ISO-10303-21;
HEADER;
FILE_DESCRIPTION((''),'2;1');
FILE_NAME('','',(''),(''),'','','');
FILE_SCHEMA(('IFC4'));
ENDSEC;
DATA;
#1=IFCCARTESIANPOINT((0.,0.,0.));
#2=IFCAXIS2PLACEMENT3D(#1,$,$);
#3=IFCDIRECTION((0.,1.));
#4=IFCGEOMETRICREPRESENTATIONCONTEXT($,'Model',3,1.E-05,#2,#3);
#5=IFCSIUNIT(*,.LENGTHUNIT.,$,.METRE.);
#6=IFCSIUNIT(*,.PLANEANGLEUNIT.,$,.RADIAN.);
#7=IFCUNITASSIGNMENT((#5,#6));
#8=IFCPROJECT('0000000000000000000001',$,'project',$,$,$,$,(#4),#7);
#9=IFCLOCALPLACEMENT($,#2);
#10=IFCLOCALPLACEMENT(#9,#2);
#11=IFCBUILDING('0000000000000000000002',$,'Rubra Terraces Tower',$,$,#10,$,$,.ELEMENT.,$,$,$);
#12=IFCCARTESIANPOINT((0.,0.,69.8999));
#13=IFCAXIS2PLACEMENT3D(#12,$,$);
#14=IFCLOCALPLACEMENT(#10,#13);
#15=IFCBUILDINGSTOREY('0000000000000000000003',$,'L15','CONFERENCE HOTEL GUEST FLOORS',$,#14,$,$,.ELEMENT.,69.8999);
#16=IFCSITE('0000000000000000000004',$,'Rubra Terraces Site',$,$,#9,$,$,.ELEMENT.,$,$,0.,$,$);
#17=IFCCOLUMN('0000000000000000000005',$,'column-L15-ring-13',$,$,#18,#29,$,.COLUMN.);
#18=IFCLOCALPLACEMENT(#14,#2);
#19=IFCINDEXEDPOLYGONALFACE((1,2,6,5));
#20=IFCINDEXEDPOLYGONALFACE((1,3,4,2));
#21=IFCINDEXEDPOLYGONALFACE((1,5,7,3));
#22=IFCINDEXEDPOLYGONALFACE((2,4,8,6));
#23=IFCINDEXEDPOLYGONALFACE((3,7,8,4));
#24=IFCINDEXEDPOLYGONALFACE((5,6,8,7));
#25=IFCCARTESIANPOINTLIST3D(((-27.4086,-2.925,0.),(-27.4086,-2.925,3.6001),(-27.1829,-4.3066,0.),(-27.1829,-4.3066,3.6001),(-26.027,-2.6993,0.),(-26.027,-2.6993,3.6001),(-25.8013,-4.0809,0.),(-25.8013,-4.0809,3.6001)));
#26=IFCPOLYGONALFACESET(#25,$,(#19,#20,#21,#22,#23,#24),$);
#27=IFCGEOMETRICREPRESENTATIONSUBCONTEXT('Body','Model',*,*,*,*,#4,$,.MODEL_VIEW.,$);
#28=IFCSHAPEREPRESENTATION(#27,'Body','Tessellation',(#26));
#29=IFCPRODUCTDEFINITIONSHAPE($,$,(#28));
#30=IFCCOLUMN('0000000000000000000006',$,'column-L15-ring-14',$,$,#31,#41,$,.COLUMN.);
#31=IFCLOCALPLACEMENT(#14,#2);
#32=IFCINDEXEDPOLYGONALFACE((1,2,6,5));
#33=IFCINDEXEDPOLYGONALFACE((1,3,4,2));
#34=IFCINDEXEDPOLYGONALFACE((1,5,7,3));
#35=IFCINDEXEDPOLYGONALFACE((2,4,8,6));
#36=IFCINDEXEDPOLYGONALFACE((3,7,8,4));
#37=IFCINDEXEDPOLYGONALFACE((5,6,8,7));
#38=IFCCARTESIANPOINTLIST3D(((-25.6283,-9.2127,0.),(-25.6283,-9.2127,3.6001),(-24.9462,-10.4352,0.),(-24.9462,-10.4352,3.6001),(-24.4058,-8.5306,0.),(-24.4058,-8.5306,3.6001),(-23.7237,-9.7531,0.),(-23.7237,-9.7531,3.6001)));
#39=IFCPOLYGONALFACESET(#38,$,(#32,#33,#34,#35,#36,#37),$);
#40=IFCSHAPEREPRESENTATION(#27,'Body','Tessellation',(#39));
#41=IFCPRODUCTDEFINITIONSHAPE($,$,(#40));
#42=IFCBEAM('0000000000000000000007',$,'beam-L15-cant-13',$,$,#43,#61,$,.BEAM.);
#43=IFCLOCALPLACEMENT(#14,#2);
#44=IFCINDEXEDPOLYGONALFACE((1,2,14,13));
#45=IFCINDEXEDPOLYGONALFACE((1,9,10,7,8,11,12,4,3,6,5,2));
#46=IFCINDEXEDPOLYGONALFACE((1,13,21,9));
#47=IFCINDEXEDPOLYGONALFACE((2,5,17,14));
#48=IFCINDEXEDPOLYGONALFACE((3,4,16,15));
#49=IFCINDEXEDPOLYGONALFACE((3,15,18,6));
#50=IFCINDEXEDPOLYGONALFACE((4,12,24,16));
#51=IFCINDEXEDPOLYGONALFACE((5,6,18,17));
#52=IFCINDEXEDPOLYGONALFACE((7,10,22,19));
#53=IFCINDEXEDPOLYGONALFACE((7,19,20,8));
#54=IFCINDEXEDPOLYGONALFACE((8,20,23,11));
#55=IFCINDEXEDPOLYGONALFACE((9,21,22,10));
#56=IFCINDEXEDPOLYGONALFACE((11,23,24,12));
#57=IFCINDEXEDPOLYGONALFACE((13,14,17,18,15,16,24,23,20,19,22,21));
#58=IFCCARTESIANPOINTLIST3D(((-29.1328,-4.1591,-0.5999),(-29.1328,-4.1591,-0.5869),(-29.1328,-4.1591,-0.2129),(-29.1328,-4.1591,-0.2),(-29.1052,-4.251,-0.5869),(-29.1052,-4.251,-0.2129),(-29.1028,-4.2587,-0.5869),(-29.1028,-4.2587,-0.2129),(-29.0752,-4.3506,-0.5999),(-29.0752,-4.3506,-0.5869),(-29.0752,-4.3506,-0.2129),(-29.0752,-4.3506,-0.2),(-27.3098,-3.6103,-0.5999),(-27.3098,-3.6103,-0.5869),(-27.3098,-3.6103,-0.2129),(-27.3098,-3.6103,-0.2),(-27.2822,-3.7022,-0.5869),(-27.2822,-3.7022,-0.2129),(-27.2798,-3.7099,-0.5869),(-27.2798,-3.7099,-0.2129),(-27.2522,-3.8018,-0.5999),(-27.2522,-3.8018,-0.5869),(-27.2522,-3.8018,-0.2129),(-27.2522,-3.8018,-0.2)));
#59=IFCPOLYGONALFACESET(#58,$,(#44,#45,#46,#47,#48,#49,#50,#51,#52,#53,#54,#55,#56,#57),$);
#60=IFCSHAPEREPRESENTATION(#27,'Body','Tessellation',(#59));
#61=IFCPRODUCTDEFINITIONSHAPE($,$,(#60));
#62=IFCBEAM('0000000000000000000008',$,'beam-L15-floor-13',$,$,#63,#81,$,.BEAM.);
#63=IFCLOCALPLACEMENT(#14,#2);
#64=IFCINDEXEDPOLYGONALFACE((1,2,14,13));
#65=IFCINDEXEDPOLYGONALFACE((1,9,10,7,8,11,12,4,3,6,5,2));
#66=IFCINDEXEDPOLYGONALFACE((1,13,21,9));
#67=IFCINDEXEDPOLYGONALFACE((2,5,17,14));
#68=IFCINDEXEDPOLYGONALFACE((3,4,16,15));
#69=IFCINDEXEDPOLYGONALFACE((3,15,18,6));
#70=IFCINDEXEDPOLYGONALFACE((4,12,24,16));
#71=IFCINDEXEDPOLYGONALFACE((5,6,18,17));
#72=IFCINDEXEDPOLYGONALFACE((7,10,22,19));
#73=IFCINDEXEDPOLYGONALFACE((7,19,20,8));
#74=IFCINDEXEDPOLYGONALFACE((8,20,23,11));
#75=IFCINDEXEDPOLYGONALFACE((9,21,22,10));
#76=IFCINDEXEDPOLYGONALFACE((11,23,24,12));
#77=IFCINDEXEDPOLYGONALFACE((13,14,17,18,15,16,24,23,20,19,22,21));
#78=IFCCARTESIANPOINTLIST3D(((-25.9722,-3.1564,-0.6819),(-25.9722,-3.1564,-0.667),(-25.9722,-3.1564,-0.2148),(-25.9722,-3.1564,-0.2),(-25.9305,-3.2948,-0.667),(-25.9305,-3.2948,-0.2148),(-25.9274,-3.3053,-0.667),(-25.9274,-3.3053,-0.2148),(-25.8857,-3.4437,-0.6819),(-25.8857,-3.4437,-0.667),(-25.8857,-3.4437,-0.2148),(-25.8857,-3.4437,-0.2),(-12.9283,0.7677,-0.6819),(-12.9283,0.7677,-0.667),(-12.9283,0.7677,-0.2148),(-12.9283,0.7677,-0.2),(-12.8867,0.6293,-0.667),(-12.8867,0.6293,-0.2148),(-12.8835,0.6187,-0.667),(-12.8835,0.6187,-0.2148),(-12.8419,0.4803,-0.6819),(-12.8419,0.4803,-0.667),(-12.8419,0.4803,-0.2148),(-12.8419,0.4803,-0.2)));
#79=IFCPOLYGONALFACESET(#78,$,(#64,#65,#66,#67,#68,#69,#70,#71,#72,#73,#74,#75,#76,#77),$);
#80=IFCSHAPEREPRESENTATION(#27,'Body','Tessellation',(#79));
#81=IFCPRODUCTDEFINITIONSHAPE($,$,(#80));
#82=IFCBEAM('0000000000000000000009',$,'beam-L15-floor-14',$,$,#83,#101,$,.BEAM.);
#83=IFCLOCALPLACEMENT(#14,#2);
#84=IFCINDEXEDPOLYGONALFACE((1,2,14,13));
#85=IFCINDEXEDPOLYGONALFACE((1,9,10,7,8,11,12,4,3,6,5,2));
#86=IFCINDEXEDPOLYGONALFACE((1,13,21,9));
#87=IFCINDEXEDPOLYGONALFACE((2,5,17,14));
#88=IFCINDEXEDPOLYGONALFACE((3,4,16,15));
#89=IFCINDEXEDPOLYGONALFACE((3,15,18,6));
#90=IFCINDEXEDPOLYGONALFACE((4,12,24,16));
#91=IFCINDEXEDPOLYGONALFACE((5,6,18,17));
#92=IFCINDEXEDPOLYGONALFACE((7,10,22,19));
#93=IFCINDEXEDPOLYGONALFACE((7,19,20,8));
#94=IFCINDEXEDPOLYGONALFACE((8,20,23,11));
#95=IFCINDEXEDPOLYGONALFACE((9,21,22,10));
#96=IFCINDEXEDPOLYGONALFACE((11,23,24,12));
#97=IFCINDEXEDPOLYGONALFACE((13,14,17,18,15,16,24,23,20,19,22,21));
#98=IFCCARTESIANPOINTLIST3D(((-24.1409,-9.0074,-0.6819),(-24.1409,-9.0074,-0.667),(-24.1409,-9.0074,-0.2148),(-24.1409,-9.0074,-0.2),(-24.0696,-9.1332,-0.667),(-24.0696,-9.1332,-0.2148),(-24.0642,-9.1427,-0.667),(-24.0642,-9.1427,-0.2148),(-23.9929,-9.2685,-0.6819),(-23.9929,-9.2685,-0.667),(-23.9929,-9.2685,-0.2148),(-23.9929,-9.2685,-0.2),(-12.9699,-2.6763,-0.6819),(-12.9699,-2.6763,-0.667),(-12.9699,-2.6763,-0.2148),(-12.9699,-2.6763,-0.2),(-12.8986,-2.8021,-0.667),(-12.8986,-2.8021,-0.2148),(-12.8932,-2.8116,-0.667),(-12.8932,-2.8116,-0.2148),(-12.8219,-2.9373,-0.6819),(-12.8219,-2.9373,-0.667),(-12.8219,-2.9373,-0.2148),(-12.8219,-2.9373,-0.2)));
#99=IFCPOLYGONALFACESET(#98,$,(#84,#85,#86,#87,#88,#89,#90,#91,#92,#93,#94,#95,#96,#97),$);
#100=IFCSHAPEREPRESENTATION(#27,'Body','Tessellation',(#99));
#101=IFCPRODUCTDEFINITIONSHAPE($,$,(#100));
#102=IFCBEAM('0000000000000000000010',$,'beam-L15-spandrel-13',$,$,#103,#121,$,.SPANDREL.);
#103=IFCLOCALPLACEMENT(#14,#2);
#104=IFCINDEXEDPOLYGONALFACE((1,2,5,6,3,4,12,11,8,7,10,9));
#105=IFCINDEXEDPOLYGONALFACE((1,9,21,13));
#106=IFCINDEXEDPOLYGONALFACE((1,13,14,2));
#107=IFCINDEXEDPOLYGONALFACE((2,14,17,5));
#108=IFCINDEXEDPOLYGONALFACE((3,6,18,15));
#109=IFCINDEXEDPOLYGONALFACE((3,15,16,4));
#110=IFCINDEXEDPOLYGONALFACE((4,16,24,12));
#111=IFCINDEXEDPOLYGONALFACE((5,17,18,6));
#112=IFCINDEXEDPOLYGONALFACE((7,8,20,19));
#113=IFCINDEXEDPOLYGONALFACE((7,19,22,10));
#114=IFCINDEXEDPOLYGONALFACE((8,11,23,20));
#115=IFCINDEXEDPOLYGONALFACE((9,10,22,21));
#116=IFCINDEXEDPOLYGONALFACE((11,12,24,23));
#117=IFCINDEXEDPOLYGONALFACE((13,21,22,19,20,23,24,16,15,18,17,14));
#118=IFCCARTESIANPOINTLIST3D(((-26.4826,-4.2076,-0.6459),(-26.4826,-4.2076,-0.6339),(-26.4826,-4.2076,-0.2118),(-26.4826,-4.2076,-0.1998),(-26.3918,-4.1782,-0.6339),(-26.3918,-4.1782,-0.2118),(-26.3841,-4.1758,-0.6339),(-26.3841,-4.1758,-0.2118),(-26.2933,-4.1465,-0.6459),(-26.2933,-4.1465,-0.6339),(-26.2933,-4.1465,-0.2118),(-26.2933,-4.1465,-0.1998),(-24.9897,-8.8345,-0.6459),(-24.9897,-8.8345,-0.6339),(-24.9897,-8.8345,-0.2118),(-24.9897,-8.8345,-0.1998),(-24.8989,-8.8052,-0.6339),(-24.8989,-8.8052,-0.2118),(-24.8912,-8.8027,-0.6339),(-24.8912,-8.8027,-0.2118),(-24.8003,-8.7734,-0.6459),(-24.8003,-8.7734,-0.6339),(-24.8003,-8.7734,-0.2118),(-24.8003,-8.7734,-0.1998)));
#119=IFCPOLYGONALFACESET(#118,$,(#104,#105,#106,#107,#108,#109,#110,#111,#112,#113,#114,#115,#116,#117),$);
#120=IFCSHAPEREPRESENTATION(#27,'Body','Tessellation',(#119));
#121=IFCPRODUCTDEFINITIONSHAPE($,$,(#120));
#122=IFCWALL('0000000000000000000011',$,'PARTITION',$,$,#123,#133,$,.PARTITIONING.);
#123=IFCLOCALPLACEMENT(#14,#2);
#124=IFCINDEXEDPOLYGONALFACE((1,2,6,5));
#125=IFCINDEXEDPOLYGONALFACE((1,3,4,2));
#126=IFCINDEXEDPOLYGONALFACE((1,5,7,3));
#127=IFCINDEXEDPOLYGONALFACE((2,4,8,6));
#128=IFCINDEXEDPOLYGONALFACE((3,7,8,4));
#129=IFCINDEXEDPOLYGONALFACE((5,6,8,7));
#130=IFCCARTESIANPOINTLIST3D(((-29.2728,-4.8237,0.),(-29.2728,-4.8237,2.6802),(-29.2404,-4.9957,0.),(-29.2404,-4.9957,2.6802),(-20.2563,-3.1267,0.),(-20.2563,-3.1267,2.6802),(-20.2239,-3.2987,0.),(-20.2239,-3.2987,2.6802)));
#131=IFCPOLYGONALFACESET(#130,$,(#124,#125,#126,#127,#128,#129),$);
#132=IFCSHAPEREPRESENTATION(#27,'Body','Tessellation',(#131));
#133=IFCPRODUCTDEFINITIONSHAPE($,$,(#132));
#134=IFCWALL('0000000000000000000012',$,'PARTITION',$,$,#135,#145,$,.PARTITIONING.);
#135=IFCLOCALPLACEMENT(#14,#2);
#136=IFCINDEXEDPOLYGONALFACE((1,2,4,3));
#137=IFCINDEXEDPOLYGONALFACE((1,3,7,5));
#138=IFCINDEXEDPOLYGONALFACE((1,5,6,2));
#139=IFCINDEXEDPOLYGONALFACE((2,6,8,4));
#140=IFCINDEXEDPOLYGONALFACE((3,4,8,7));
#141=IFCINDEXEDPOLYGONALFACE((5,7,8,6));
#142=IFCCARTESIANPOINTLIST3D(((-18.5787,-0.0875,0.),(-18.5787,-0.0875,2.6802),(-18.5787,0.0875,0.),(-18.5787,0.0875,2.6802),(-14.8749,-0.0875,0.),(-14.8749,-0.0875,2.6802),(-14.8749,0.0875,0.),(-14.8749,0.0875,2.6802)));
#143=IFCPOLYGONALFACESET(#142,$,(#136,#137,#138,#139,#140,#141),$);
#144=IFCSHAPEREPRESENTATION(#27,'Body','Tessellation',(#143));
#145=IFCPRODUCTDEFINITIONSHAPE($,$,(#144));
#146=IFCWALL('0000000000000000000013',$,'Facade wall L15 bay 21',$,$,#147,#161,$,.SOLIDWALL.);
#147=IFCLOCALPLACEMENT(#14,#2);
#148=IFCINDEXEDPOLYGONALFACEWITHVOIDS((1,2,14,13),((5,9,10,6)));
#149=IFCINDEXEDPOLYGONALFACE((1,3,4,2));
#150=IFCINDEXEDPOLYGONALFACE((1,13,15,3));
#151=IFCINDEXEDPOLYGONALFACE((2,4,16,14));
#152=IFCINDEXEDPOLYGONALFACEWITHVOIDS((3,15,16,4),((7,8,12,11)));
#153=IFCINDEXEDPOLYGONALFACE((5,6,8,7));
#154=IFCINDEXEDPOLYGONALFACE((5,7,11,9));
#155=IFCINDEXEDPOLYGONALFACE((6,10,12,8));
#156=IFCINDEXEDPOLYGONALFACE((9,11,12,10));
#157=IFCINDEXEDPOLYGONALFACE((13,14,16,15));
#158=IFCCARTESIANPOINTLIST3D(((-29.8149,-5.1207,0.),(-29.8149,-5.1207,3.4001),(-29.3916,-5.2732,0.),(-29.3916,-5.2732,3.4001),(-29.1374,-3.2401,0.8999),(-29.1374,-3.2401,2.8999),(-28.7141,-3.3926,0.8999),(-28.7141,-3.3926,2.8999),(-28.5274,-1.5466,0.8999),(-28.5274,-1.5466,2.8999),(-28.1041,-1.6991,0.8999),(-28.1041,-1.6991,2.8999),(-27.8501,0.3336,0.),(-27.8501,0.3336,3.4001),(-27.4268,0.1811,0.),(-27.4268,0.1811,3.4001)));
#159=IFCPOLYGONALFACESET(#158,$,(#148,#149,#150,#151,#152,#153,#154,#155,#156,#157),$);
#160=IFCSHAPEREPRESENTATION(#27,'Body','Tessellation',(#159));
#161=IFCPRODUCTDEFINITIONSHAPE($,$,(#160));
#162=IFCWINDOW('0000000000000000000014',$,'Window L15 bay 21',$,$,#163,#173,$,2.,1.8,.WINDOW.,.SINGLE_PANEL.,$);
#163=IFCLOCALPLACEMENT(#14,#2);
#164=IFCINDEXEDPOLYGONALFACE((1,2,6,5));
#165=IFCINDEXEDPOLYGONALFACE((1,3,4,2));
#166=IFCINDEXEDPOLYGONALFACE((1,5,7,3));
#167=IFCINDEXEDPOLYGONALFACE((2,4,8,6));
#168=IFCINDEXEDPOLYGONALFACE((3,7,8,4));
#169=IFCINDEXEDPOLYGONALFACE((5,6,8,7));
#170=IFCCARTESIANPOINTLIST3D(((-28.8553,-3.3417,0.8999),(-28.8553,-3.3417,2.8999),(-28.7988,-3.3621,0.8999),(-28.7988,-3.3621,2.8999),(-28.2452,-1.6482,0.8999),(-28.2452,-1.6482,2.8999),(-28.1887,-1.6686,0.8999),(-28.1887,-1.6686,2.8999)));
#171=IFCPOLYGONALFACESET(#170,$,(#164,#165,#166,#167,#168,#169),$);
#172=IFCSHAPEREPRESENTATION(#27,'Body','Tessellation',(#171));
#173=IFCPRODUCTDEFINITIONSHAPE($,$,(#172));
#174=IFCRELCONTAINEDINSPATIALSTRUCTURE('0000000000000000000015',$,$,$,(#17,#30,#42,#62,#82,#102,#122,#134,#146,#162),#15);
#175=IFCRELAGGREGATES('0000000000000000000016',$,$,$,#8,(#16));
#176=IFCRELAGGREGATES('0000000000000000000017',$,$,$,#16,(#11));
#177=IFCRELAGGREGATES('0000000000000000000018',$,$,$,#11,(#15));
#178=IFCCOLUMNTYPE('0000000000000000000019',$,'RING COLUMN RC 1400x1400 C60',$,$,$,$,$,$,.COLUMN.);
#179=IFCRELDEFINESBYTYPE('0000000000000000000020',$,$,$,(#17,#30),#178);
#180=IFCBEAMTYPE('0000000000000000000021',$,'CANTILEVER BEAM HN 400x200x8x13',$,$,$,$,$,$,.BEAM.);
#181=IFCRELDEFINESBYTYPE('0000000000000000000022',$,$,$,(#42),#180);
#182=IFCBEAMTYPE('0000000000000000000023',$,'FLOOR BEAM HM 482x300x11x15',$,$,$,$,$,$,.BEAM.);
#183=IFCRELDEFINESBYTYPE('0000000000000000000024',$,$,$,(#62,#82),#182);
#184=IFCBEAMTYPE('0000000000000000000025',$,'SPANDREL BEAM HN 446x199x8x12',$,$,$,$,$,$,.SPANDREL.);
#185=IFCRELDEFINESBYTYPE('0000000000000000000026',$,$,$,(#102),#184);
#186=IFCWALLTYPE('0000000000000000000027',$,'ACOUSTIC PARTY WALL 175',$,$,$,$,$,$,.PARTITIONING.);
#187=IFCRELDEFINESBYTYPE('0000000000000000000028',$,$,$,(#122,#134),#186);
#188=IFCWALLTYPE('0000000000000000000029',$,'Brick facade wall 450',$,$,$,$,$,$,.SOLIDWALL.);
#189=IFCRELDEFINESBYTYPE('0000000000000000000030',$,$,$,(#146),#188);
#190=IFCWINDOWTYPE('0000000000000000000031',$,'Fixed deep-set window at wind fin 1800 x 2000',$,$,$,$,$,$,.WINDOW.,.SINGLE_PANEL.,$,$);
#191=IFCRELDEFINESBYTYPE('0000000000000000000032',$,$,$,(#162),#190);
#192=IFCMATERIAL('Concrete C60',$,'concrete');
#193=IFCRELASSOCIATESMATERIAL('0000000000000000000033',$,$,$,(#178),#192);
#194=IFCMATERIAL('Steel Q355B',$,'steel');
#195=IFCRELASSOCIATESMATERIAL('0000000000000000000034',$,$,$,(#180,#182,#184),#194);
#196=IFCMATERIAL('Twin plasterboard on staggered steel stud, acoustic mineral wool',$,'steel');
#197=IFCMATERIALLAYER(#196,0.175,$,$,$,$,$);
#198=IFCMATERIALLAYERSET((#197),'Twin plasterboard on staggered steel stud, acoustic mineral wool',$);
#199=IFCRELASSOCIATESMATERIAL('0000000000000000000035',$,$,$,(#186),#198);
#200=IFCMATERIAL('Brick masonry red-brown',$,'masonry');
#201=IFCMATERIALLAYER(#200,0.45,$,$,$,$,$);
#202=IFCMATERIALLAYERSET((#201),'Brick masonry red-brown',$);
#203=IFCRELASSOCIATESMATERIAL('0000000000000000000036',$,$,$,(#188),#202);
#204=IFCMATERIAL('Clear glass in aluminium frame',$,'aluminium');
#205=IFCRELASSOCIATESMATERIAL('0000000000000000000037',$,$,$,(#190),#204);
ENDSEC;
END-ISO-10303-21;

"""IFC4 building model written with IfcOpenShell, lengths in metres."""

from ifc_helpers import new_model, si_unit, direction, frame, frame_2d, origin, origin_2d, place, context, subcontext, project, spatial, rectangle, i_section, extrude, material, layer, layer_set, material_profile, profile_set, type_object, element, fill, save


model = new_model("IFC4")

# Units and contexts
model_context = context("Model", 3, precision=1e-05, world=origin(), true_north=direction((0.0, 1.0)))
body_context = subcontext(model_context, "Body", "Model", "MODEL_VIEW")
ifc_project = project(units=[si_unit("LENGTHUNIT", "METRE"), si_unit("PLANEANGLEUNIT", "RADIAN")], contexts=[model_context])

# Site, building, storey
site_placement = place(None, origin())
site = spatial("IfcSite", under=ifc_project, at=site_placement, Name="Rubra Terraces Site", CompositionType="ELEMENT", RefElevation=0.0)
building_placement = place(site_placement, origin())
building = spatial("IfcBuilding", under=site, at=building_placement, Name="Rubra Terraces Tower", CompositionType="ELEMENT")
storey_placement = place(building_placement, frame((0.0, 0.0, 69.8999)))
storey = spatial("IfcBuildingStorey", under=building, at=storey_placement, Name="L15", Description="CONFERENCE HOTEL GUEST FLOORS", CompositionType="ELEMENT", Elevation=69.8999)

# Columns
ifc_material_1 = material(Name="Concrete C60", Category="concrete")
ifc_material_profile_1 = material_profile(ifc_material_1, rectangle(XDim=1.3999, YDim=1.3999, at=origin_2d()), Name="RC 1400x1400")
ifc_profile_set_1 = profile_set([ifc_material_profile_1], Name="Concrete C60")
column_type = type_object("IfcColumnType", Name="RING COLUMN RC 1400x1400 C60", PredefinedType="COLUMN", material=ifc_profile_set_1)
for number, where, z_axis, x_axis, name in (
    (1, (-26.605, -3.5029, 0.0), (0.0, 0.0, 1.0), (0.161234, -0.986916, 0.0), "column-L15-ring-13"),
    (2, (-24.676, -9.4829, 0.0), (0.0, 0.0, 1.0), (0.487227, -0.873276, 0.0), "column-L15-ring-14"),
):
    element("IfcColumn", number, at=place(storey_placement, frame(where, z_axis=z_axis, x_axis=x_axis)), inside=storey, type_object=column_type, Name=name, PredefinedType="COLUMN", context=body_context, shape_type="SweptSolid", body=[
        extrude(rectangle(XDim=1.3999, YDim=1.3999, at=origin_2d()), origin(), (0.0, 0.0, 1.0), 3.6001),
    ])

# Beams
ifc_material_2 = material(Name="Steel Q355B", Category="steel")
ifc_material_profile_2 = material_profile(ifc_material_2, i_section(OverallWidth=0.2, OverallDepth=0.3999, WebThickness=0.0081, FlangeThickness=0.0129, at=origin_2d()), Name="HN 400x200x8x13")
ifc_profile_set_2 = profile_set([ifc_material_profile_2], Name="Steel Q355B")
beam_type_1 = type_object("IfcBeamType", Name="CANTILEVER BEAM HN 400x200x8x13", PredefinedType="BEAM", material=ifc_profile_set_2)
beam_1_placement = place(storey_placement, frame((-27.281, -3.7061, -0.3999), z_axis=(-0.957547, -0.288277, 0.0), x_axis=(0.288277, -0.957547, 0.0)))
element("IfcBeam", 3, at=beam_1_placement, inside=storey, type_object=beam_type_1, Name="beam-L15-cant-13", PredefinedType="BEAM", context=body_context, shape_type="SweptSolid", body=[
    extrude(i_section(OverallWidth=0.2, OverallDepth=0.3999, WebThickness=0.0081, FlangeThickness=0.0129, at=origin_2d()), origin(), (0.0, 0.0, 1.0), 1.9038),
])
ifc_material_profile_3 = material_profile(ifc_material_2, i_section(OverallWidth=0.3, OverallDepth=0.4819, WebThickness=0.011, FlangeThickness=0.0149, at=origin_2d()), Name="HM 482x300x11x15")
ifc_profile_set_3 = profile_set([ifc_material_profile_3], Name="Steel Q355B")
beam_type_2 = type_object("IfcBeamType", Name="FLOOR BEAM HM 482x300x11x15", PredefinedType="BEAM", material=ifc_profile_set_3)
beam_2_placement = place(storey_placement, frame((-25.929, -3.3, -0.4409), z_axis=(0.957606, 0.288081, 0.0), x_axis=(-0.288081, 0.957606, 0.0)))
element("IfcBeam", 4, at=beam_2_placement, inside=storey, type_object=beam_type_2, Name="beam-L15-floor-13", PredefinedType="BEAM", context=body_context, shape_type="SweptSolid", body=[
    extrude(i_section(OverallWidth=0.3, OverallDepth=0.4819, WebThickness=0.011, FlangeThickness=0.0149, at=origin_2d()), origin(), (0.0, 0.0, 1.0), 13.6213),
])
beam_3_placement = place(storey_placement, frame((-24.0669, -9.1379, -0.4409), z_axis=(0.869993, 0.493064, 0.0), x_axis=(-0.493064, 0.869993, 0.0)))
element("IfcBeam", 5, at=beam_3_placement, inside=storey, type_object=beam_type_2, Name="beam-L15-floor-14", PredefinedType="BEAM", context=body_context, shape_type="SweptSolid", body=[
    extrude(i_section(OverallWidth=0.3, OverallDepth=0.4819, WebThickness=0.011, FlangeThickness=0.0149, at=origin_2d()), origin(), (0.0, 0.0, 1.0), 12.8403),
])
ifc_material_profile_4 = material_profile(ifc_material_2, i_section(OverallWidth=0.199, OverallDepth=0.446, WebThickness=0.0081, FlangeThickness=0.012, at=origin_2d()), Name="HN 446x199x8x12")
ifc_profile_set_4 = profile_set([ifc_material_profile_4], Name="Steel Q355B")
beam_type_3 = type_object("IfcBeamType", Name="SPANDREL BEAM HN 446x199x8x12", PredefinedType="SPANDREL", material=ifc_profile_set_4)
beam_4_placement = place(storey_placement, frame((-26.3879, -4.177, -0.4229), z_axis=(0.307069, -0.951687, 0.0), x_axis=(0.951687, 0.307069, 0.0)))
element("IfcBeam", 6, at=beam_4_placement, inside=storey, type_object=beam_type_3, Name="beam-L15-spandrel-13", PredefinedType="SPANDREL", context=body_context, shape_type="SweptSolid", body=[
    extrude(i_section(OverallWidth=0.199, OverallDepth=0.446, WebThickness=0.0081, FlangeThickness=0.012, at=origin_2d()), origin(), (0.0, 0.0, 1.0), 4.8618),
])

# Walls
ifc_material_3 = material(Name="Twin plasterboard on staggered steel stud, acoustic mineral wool", Category="steel")
ifc_layer_1 = layer(ifc_material_3, 0.175)
ifc_layer_set_1 = layer_set([ifc_layer_1], Name="Twin plasterboard on staggered steel stud, acoustic mineral wool")
wall_type_1 = type_object("IfcWallType", Name="ACOUSTIC PARTY WALL 175", PredefinedType="PARTITIONING", material=ifc_layer_set_1)
wall_1_placement = place(storey_placement, frame((-29.2566, -4.9097, 0.0), z_axis=(0.0, 0.0, 1.0), x_axis=(0.982745, 0.184963, 0.0)))
element("IfcWall", 7, at=wall_1_placement, inside=storey, type_object=wall_type_1, Name="PARTITION", PredefinedType="PARTITIONING", context=body_context, shape_type="SweptSolid", body=[
    extrude(rectangle(XDim=9.1748, YDim=0.175, at=frame_2d((4.5874, 0.0))), origin(), (0.0, 0.0, 1.0), 2.6802),
])
wall_2_placement = place(storey_placement, frame((-18.5789, 0.0, 0.0), z_axis=(0.0, 0.0, 1.0), x_axis=(1.0, 0.0, 0.0)))
element("IfcWall", 8, at=wall_2_placement, inside=storey, type_object=wall_type_1, Name="PARTITION", PredefinedType="PARTITIONING", context=body_context, shape_type="SweptSolid", body=[
    extrude(rectangle(XDim=3.7039, YDim=0.175, at=frame_2d((1.8521, 0.0))), origin(), (0.0, 0.0, 1.0), 2.6802),
])

# Wall, opening, window
ifc_material_4 = material(Name="Brick masonry red-brown", Category="masonry")
ifc_layer_2 = layer(ifc_material_4, 0.45)
ifc_layer_set_2 = layer_set([ifc_layer_2], Name="Brick masonry red-brown")
wall_type_2 = type_object("IfcWallType", Name="Brick facade wall 450", PredefinedType="SOLIDWALL", material=ifc_layer_set_2)
wall_3_placement = place(storey_placement, frame((-27.6384, 0.2573, 0.0), z_axis=(0.0, 0.0, 1.0), x_axis=(-0.338915, -0.940817, 0.0)))
wall_3 = element("IfcWall", 9, at=wall_3_placement, inside=storey, type_object=wall_type_2, Name="Facade wall L15 bay 21", PredefinedType="SOLIDWALL", context=body_context, shape_type="SweptSolid", body=[
    extrude(rectangle(XDim=5.7974, YDim=0.45, at=frame_2d((2.8987, 0.0))), origin(), (0.0, 0.0, 1.0), 3.4001),
])
opening_1_placement = place(wall_3_placement, frame((1.9985, 0.0, 0.8999)))
opening_1 = element("IfcOpeningElement", 10, at=opening_1_placement, cuts=wall_3, PredefinedType="OPENING", context=body_context, shape_type="SweptSolid", body=[
    extrude(rectangle(XDim=1.8, YDim=2.0, at=frame_2d((0.8999, 1.0))), frame((0.0, 0.2349, 0.0), z_axis=(0.0, -1.0, 0.0), x_axis=(1.0, 0.0, 0.0)), (0.0, 0.0, 1.0), 0.47),
])
ifc_material_5 = material(Name="Clear glass in aluminium frame", Category="aluminium")
window_type_1 = type_object("IfcWindowType", Name="Fixed deep-set window at wind fin 1800 x 2000", PartitioningType="SINGLE_PANEL", PredefinedType="WINDOW", material=ifc_material_5)
window_1_placement = place(opening_1_placement, origin())
window_1 = element("IfcWindow", 11, at=window_1_placement, inside=storey, type_object=window_type_1, Name="Window L15 bay 21", OverallHeight=2.0, OverallWidth=1.8, PartitioningType="SINGLE_PANEL", PredefinedType="WINDOW", context=body_context, shape_type="SweptSolid", body=[
    extrude(rectangle(XDim=1.8, YDim=2.0, at=frame_2d((0.8999, 1.0))), frame((0.0, 0.135, 0.0), z_axis=(0.0, -1.0, 0.0), x_axis=(1.0, 0.0, 0.0)), (0.0, 0.0, 1.0), 0.0601),
])
fill(opening_1, window_1)

save(model, "model.ifc")
